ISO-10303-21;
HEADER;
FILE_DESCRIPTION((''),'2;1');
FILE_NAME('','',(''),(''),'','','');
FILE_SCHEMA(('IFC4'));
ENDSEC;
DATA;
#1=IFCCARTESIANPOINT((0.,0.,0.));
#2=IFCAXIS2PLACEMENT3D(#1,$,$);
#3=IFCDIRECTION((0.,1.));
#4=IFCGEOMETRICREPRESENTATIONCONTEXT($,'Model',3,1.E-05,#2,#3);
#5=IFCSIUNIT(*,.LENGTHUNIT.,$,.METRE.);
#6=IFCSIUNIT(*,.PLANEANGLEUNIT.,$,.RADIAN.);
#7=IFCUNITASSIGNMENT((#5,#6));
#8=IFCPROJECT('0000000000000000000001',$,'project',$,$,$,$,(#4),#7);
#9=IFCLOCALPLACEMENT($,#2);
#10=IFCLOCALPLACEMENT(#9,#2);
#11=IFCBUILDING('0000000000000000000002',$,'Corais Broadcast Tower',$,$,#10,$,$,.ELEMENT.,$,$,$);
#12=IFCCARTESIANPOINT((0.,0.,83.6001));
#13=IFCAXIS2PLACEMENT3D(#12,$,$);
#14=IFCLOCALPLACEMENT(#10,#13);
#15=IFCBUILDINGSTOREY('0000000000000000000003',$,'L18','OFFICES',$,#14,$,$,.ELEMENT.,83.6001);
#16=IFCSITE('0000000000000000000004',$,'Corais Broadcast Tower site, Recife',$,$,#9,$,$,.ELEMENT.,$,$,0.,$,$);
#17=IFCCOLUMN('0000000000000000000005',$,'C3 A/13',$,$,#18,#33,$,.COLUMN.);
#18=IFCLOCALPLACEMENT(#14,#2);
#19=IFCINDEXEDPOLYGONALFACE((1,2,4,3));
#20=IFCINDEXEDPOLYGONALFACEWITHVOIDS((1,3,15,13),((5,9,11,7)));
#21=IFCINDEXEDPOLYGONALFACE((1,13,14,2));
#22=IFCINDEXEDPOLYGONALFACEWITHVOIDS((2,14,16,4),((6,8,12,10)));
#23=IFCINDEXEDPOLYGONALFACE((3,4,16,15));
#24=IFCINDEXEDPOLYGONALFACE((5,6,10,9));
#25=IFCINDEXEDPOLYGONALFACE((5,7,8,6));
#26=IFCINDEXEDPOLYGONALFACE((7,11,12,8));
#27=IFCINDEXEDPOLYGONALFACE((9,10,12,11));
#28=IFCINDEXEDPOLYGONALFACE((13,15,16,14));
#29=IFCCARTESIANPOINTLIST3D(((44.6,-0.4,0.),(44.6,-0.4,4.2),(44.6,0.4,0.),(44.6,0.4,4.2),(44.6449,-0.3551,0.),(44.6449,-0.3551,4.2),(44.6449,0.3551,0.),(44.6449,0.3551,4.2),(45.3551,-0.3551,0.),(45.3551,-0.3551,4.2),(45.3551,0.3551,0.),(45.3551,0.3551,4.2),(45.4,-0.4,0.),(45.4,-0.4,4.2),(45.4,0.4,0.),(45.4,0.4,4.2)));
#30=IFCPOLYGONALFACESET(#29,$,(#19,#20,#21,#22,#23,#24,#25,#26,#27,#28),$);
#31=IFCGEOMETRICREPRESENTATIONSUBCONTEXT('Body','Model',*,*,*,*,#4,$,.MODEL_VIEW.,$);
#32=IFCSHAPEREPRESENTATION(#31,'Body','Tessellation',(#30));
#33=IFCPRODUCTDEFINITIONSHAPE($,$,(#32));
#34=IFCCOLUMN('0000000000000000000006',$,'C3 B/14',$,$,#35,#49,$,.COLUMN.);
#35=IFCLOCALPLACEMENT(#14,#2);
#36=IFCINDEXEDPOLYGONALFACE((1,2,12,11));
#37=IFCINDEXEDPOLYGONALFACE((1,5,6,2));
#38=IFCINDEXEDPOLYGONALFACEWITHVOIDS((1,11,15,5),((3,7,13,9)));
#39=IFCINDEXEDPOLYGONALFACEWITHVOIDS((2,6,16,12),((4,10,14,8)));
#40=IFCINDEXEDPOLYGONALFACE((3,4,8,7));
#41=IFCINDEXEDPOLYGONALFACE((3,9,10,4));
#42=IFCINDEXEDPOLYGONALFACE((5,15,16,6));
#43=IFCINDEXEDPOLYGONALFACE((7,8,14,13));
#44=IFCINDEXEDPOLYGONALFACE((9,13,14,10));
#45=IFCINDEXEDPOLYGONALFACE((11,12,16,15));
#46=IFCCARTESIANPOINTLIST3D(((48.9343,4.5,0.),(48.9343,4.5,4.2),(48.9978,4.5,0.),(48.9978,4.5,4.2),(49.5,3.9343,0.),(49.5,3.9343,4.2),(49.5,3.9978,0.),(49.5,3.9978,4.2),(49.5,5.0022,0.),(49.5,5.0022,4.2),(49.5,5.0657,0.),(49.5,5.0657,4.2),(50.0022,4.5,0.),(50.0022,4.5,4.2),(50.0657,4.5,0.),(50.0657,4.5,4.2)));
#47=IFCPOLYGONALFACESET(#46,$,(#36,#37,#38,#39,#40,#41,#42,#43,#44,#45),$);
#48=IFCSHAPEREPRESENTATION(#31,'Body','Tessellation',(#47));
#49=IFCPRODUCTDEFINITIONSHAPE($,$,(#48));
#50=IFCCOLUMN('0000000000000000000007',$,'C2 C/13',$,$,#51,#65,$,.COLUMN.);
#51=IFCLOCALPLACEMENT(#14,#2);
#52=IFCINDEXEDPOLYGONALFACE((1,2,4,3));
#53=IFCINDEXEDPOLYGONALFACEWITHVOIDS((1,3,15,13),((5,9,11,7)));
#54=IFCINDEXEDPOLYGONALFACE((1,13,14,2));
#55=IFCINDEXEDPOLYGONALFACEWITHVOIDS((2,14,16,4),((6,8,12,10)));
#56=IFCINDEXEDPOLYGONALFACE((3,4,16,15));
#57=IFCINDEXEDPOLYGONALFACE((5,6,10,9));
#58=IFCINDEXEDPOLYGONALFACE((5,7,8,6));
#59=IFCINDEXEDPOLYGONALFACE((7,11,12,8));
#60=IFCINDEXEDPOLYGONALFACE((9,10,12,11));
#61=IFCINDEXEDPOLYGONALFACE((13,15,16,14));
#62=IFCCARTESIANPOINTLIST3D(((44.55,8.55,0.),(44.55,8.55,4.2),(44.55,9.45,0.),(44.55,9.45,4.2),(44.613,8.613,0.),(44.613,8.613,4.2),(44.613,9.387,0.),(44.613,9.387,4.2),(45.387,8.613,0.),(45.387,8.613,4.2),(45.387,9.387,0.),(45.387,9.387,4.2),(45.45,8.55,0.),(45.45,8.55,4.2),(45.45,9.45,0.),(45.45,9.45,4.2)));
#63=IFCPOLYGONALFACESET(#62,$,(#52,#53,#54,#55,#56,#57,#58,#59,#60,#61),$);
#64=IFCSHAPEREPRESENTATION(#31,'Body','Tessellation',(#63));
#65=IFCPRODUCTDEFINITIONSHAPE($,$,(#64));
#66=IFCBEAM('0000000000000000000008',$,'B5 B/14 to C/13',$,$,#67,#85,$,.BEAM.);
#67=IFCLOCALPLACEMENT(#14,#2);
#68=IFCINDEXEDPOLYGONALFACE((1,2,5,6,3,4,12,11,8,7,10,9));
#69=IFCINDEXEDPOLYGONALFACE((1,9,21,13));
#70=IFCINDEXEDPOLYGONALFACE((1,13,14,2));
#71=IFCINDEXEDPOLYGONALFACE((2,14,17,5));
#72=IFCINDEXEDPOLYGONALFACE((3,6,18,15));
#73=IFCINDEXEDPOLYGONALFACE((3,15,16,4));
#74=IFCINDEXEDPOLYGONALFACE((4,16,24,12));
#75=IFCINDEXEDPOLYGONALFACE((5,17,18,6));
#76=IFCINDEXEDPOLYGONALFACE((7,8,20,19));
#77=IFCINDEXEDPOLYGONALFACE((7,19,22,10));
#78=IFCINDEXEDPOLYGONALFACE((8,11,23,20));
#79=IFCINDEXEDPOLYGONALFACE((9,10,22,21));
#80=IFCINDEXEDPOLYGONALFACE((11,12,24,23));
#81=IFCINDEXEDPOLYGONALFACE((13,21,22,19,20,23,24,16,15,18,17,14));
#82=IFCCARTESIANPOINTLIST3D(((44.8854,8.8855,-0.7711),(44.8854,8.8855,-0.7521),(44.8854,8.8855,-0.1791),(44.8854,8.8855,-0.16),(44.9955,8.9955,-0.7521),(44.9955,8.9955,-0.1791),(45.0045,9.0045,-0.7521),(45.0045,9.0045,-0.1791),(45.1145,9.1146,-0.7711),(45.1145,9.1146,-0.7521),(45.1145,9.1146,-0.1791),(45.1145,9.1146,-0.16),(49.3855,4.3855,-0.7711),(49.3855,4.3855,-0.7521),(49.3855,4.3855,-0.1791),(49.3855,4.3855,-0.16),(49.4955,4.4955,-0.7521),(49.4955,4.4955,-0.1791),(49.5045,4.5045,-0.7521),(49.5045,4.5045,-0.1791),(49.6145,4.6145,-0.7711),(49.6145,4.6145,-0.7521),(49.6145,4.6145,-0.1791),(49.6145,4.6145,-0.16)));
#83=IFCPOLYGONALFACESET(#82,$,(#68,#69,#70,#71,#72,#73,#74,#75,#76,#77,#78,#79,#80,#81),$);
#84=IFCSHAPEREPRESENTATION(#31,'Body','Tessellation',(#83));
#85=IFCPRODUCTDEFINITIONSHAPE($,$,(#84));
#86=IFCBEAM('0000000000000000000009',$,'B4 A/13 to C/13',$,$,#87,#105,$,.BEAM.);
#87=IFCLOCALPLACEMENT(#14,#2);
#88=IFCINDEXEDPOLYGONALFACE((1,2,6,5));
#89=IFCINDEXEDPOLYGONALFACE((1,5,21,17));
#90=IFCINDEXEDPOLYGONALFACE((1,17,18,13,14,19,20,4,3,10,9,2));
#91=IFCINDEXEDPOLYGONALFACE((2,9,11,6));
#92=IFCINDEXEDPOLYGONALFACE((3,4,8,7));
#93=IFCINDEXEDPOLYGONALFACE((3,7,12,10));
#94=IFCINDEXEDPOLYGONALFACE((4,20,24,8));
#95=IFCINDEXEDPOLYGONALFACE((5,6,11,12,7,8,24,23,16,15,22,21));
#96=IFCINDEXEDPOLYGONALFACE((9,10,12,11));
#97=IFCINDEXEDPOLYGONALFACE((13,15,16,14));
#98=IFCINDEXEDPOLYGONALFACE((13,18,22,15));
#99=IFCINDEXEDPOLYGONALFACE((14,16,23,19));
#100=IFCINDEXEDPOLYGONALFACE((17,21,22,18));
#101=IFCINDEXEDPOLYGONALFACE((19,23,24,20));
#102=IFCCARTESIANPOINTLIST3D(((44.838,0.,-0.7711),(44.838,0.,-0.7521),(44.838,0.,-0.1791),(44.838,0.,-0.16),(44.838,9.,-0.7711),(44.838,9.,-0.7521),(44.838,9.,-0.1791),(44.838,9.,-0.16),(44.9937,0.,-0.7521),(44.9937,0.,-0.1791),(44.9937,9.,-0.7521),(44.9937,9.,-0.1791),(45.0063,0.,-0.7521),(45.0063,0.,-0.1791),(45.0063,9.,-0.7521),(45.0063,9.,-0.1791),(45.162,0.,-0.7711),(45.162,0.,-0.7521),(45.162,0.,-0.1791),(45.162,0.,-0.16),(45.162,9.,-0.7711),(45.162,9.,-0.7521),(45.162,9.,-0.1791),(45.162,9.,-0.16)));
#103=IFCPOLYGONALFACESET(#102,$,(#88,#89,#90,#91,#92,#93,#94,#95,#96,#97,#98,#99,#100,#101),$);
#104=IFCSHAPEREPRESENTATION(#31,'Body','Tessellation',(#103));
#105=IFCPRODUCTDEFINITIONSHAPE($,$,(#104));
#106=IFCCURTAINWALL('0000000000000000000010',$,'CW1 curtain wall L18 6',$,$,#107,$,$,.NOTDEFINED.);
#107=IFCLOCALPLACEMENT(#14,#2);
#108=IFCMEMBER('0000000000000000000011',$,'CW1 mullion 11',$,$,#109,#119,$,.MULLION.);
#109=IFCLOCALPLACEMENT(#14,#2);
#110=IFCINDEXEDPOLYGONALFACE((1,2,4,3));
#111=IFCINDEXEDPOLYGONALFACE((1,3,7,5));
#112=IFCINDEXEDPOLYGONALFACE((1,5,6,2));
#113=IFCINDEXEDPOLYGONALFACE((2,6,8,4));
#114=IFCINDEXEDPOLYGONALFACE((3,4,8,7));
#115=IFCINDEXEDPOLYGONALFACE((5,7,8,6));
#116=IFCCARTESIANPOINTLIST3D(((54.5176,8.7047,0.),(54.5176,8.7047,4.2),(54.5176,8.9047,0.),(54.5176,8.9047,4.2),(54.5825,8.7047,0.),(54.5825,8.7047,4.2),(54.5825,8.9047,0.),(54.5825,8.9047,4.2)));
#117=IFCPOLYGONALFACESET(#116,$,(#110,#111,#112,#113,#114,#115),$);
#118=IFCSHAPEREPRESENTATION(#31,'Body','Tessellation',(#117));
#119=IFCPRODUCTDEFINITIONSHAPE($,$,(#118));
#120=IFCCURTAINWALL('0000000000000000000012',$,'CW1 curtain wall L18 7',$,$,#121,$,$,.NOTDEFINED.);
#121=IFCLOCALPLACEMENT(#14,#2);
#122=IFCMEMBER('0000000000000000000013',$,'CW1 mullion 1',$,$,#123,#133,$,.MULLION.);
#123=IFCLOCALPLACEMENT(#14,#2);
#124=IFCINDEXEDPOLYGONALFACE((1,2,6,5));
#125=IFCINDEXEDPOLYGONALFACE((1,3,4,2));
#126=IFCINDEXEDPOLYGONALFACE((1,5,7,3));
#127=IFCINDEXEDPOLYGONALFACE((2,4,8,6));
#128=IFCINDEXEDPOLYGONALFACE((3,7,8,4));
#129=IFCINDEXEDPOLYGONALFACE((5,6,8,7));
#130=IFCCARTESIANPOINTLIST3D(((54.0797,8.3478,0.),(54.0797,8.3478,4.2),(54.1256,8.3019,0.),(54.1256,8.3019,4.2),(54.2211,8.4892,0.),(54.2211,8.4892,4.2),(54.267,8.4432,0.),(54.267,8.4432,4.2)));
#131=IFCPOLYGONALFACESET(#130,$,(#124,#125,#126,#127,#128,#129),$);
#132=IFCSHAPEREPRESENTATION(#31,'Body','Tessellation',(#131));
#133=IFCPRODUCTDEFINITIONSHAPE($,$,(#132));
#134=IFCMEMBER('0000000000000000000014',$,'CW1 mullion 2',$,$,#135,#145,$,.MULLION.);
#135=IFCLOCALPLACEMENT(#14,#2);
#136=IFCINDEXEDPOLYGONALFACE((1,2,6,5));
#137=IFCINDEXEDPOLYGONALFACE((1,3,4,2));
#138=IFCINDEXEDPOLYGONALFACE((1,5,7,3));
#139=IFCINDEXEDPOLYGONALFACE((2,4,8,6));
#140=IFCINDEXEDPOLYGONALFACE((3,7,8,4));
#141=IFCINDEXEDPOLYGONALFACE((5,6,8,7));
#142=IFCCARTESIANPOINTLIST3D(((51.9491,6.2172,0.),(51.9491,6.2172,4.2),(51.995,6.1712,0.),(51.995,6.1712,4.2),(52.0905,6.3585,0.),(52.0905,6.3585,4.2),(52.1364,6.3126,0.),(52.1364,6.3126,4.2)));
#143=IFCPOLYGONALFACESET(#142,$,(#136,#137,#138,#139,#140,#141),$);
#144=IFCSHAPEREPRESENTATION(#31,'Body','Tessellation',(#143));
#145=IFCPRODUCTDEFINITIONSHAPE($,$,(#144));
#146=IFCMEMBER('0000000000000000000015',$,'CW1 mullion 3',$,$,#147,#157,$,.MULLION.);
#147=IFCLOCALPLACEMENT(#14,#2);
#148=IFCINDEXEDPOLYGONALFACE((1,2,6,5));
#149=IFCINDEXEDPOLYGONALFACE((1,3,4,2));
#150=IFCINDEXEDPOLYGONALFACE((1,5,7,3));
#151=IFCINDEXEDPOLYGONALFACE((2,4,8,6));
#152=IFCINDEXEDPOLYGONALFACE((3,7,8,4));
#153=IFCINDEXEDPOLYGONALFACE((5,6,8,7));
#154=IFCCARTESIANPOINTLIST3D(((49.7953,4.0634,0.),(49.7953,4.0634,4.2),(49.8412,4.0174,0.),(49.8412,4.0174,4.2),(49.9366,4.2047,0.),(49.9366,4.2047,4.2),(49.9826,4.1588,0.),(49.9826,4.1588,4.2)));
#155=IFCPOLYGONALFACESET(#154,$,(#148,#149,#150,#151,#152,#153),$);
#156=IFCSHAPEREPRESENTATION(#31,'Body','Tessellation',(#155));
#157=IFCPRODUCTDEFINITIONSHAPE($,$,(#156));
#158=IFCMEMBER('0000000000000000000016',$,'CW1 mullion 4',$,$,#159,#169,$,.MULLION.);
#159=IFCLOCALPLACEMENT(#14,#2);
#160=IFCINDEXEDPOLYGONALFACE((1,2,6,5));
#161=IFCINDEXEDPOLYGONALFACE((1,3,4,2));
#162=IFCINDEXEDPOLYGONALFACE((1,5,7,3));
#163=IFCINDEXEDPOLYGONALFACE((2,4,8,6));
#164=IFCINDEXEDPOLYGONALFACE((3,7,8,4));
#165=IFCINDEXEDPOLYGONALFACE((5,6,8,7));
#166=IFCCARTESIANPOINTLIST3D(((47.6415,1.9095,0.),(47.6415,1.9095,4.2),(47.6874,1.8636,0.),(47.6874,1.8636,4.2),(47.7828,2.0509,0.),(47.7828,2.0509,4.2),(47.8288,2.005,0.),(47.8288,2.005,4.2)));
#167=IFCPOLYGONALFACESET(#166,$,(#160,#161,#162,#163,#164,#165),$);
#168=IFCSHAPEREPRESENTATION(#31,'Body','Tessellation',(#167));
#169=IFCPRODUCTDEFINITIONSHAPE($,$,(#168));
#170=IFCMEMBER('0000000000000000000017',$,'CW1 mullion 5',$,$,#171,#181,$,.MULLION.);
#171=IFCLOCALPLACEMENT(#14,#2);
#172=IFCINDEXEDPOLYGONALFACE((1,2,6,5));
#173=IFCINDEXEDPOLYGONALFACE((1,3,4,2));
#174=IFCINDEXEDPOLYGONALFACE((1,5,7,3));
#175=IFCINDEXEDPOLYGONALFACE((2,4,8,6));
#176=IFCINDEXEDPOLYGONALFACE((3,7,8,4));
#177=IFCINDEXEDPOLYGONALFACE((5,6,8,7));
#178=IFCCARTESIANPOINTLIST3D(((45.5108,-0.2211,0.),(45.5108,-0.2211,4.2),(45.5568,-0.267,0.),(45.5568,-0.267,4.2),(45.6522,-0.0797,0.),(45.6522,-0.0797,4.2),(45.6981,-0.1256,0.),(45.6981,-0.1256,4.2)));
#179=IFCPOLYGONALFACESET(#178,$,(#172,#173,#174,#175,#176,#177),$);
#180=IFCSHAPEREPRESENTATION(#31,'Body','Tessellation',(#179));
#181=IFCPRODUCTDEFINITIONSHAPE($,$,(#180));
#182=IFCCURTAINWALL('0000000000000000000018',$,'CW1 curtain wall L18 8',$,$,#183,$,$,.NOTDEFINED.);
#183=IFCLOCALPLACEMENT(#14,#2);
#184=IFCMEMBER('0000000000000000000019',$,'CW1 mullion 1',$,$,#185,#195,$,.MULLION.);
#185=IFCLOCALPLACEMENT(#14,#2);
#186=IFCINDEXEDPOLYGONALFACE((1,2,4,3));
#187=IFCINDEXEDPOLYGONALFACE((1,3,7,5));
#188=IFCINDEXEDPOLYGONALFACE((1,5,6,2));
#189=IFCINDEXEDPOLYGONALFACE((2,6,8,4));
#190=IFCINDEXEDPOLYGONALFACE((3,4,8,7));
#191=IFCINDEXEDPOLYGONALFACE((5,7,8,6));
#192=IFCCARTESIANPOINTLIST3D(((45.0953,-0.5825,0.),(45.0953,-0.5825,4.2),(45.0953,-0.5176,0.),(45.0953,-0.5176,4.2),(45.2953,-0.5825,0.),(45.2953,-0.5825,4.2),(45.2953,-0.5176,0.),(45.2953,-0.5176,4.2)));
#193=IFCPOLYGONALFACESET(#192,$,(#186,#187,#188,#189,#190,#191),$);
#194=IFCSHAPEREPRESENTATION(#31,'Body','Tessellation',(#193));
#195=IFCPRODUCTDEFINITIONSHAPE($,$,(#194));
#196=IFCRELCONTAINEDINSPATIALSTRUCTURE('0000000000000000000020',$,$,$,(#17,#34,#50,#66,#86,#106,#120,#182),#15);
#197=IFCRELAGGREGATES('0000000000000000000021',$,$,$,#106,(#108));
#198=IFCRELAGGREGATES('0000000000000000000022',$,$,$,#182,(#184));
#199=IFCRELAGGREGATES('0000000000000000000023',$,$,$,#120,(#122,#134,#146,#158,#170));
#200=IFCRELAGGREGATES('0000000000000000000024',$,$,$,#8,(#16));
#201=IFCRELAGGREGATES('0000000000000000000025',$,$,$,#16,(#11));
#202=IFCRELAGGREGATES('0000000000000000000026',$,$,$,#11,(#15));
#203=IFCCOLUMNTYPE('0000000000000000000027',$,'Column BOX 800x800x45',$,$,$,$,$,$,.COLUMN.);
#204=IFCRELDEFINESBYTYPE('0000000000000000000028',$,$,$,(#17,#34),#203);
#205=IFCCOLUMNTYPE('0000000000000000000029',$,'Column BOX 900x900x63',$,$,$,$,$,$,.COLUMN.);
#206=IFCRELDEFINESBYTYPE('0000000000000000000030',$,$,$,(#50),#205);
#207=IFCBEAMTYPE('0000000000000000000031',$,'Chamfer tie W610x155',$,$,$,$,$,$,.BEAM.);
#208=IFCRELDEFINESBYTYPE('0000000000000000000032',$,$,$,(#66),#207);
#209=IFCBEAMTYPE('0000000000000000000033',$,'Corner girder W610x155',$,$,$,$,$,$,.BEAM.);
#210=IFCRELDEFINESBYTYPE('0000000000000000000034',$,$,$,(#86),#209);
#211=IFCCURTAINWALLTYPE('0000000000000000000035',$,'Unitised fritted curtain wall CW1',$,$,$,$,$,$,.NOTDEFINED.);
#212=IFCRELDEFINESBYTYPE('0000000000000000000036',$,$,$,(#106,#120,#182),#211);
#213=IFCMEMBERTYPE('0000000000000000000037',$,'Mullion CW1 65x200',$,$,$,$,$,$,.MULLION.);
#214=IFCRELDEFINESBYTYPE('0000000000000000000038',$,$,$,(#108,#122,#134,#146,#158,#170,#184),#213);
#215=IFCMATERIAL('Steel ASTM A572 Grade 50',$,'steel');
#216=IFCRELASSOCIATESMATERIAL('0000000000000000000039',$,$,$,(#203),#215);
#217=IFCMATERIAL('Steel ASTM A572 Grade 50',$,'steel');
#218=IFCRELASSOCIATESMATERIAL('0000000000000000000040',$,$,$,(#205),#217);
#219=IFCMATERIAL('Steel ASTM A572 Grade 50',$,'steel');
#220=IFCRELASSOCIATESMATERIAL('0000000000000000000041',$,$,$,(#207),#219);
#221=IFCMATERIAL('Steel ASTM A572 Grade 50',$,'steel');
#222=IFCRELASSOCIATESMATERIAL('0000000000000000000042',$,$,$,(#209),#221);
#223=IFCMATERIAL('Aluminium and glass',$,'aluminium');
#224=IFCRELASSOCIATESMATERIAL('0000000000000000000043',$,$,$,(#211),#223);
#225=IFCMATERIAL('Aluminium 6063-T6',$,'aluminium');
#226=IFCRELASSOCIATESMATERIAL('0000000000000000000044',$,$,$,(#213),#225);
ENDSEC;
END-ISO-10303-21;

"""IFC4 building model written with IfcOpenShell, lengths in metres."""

from ifc_helpers import new_model, si_unit, direction, frame, origin, origin_2d, place, context, subcontext, project, spatial, rectangle, hollow_rectangle, i_section, extrude, material, material_profile, profile_set, type_object, element, aggregate, save


model = new_model("IFC4")

# Units and contexts
model_context = context("Model", 3, precision=1e-05, world=origin(), true_north=direction((0.0, 1.0)))
body_context = subcontext(model_context, "Body", "Model", "MODEL_VIEW")
ifc_project = project(units=[si_unit("LENGTHUNIT", "METRE"), si_unit("PLANEANGLEUNIT", "RADIAN")], contexts=[model_context])

# Site, building, storey
site_placement = place(None, origin())
site = spatial("IfcSite", under=ifc_project, at=site_placement, Name="Corais Broadcast Tower site, Recife", CompositionType="ELEMENT", RefElevation=0.0)
building_placement = place(site_placement, origin())
building = spatial("IfcBuilding", under=site, at=building_placement, Name="Corais Broadcast Tower", CompositionType="ELEMENT")
storey_placement = place(building_placement, frame((0.0, 0.0, 83.6001)))
storey = spatial("IfcBuildingStorey", under=building, at=storey_placement, Name="L18", Description="OFFICES", CompositionType="ELEMENT", Elevation=83.6001)

# Columns
ifc_material_1 = material(Name="Steel ASTM A572 Grade 50", Category="steel")
ifc_material_profile_1 = material_profile(ifc_material_1, hollow_rectangle(XDim=0.8, YDim=0.8, WallThickness=0.0449, at=origin_2d()), Name="BOX 800x800x45")
ifc_profile_set_1 = profile_set([ifc_material_profile_1], Name="Steel ASTM A572 Grade 50")
column_type_1 = type_object("IfcColumnType", Name="Column BOX 800x800x45", PredefinedType="COLUMN", material=ifc_profile_set_1)
for number, where, z_axis, x_axis, name in (
    (1, (45.0, 0.0, 0.0), (0.0, 0.0, 1.0), (1.0, 0.0, 0.0), "C3 A/13"),
    (2, (49.5, 4.5, 0.0), (0.0, 0.0, 1.0), (0.707107, 0.707107, 0.0), "C3 B/14"),
):
    element("IfcColumn", number, at=place(storey_placement, frame(where, z_axis=z_axis, x_axis=x_axis)), inside=storey, type_object=column_type_1, Name=name, PredefinedType="COLUMN", context=body_context, shape_type="SweptSolid", body=[
        extrude(hollow_rectangle(XDim=0.8, YDim=0.8, WallThickness=0.0449, at=origin_2d()), origin(), (0.0, 0.0, 1.0), 4.2),
    ])
ifc_material_2 = material(Name="Steel ASTM A572 Grade 50", Category="steel")
ifc_material_profile_2 = material_profile(ifc_material_2, hollow_rectangle(XDim=0.8999, YDim=0.8999, WallThickness=0.063, at=origin_2d()), Name="BOX 900x900x63")
ifc_profile_set_2 = profile_set([ifc_material_profile_2], Name="Steel ASTM A572 Grade 50")
column_type_2 = type_object("IfcColumnType", Name="Column BOX 900x900x63", PredefinedType="COLUMN", material=ifc_profile_set_2)
column_placement = place(storey_placement, frame((45.0, 9.0, 0.0), z_axis=(0.0, 0.0, 1.0), x_axis=(1.0, 0.0, 0.0)))
element("IfcColumn", 3, at=column_placement, inside=storey, type_object=column_type_2, Name="C2 C/13", PredefinedType="COLUMN", context=body_context, shape_type="SweptSolid", body=[
    extrude(hollow_rectangle(XDim=0.8999, YDim=0.8999, WallThickness=0.063, at=origin_2d()), origin(), (0.0, 0.0, 1.0), 4.2),
])

# Beams
ifc_material_3 = material(Name="Steel ASTM A572 Grade 50", Category="steel")
ifc_material_profile_3 = material_profile(ifc_material_3, i_section(OverallWidth=0.324, OverallDepth=0.6111, WebThickness=0.0127, FlangeThickness=0.019, at=origin_2d()), Name="W610x155")
ifc_profile_set_3 = profile_set([ifc_material_profile_3], Name="Steel ASTM A572 Grade 50")
beam_type_1 = type_object("IfcBeamType", Name="Chamfer tie W610x155", PredefinedType="BEAM", material=ifc_profile_set_3)
beam_1_placement = place(storey_placement, frame((49.5, 4.5, -0.4656), z_axis=(-0.707107, 0.707107, 0.0), x_axis=(-0.707107, -0.707107, 0.0)))
element("IfcBeam", 4, at=beam_1_placement, inside=storey, type_object=beam_type_1, Name="B5 B/14 to C/13", PredefinedType="BEAM", context=body_context, shape_type="SweptSolid", body=[
    extrude(i_section(OverallWidth=0.324, OverallDepth=0.6111, WebThickness=0.0127, FlangeThickness=0.019, at=origin_2d()), origin(), (0.0, 0.0, 1.0), 6.364),
])
ifc_material_4 = material(Name="Steel ASTM A572 Grade 50", Category="steel")
ifc_material_profile_4 = material_profile(ifc_material_4, i_section(OverallWidth=0.324, OverallDepth=0.6111, WebThickness=0.0127, FlangeThickness=0.019, at=origin_2d()), Name="W610x155")
ifc_profile_set_4 = profile_set([ifc_material_profile_4], Name="Steel ASTM A572 Grade 50")
beam_type_2 = type_object("IfcBeamType", Name="Corner girder W610x155", PredefinedType="BEAM", material=ifc_profile_set_4)
beam_2_placement = place(storey_placement, frame((45.0, 0.0, -0.4656), z_axis=(0.0, 1.0, 0.0), x_axis=(-1.0, 0.0, 0.0)))
element("IfcBeam", 5, at=beam_2_placement, inside=storey, type_object=beam_type_2, Name="B4 A/13 to C/13", PredefinedType="BEAM", context=body_context, shape_type="SweptSolid", body=[
    extrude(i_section(OverallWidth=0.324, OverallDepth=0.6111, WebThickness=0.0127, FlangeThickness=0.019, at=origin_2d()), origin(), (0.0, 0.0, 1.0), 9.0),
])

# Curtain wall, member
ifc_material_5 = material(Name="Aluminium and glass", Category="aluminium")
curtain_wall_type = type_object("IfcCurtainWallType", Name="Unitised fritted curtain wall CW1", PredefinedType="NOTDEFINED", material=ifc_material_5)
curtain_wall_1_placement = place(storey_placement, origin())
curtain_wall_1 = element("IfcCurtainWall", 6, at=curtain_wall_1_placement, inside=storey, type_object=curtain_wall_type, Name="CW1 curtain wall L18 6", PredefinedType="NOTDEFINED")
ifc_material_6 = material(Name="Aluminium 6063-T6", Category="aluminium")
ifc_material_profile_5 = material_profile(ifc_material_6, rectangle(XDim=0.0649, YDim=0.2, at=origin_2d()), Name="Mullion CW1 65x200")
ifc_profile_set_5 = profile_set([ifc_material_profile_5], Name="Aluminium 6063-T6")
member_type_1 = type_object("IfcMemberType", Name="Mullion CW1 65x200", PredefinedType="MULLION", material=ifc_profile_set_5)
member_1_placement = place(storey_placement, frame((54.55, 8.8047, 0.0), z_axis=(0.0, 0.0, 1.0), x_axis=(1.0, 0.0, 0.0)))
member_1 = element("IfcMember", 7, at=member_1_placement, type_object=member_type_1, Name="CW1 mullion 11", PredefinedType="MULLION", context=body_context, shape_type="SweptSolid", body=[
    extrude(rectangle(XDim=0.0649, YDim=0.2, at=origin_2d()), origin(), (0.0, 0.0, 1.0), 4.2),
])
aggregate(curtain_wall_1, [member_1])

# Curtain wall, members
curtain_wall_2_placement = place(storey_placement, origin())
curtain_wall_2 = element("IfcCurtainWall", 8, at=curtain_wall_2_placement, inside=storey, type_object=curtain_wall_type, Name="CW1 curtain wall L18 7", PredefinedType="NOTDEFINED")
member_2_placement = place(storey_placement, frame((54.1733, 8.3955, 0.0), z_axis=(0.0, 0.0, 1.0), x_axis=(0.707107, -0.707107, 0.0)))
member_2 = element("IfcMember", 9, at=member_2_placement, type_object=member_type_1, Name="CW1 mullion 1", PredefinedType="MULLION", context=body_context, shape_type="SweptSolid", body=[
    extrude(rectangle(XDim=0.0649, YDim=0.2, at=origin_2d()), origin(), (0.0, 0.0, 1.0), 4.2),
])
member_3_placement = place(storey_placement, frame((52.0427, 6.2649, 0.0), z_axis=(0.0, 0.0, 1.0), x_axis=(0.707107, -0.707107, 0.0)))
member_3 = element("IfcMember", 10, at=member_3_placement, type_object=member_type_1, Name="CW1 mullion 2", PredefinedType="MULLION", context=body_context, shape_type="SweptSolid", body=[
    extrude(rectangle(XDim=0.0649, YDim=0.2, at=origin_2d()), origin(), (0.0, 0.0, 1.0), 4.2),
])
member_4_placement = place(storey_placement, frame((49.8889, 4.1111, 0.0), z_axis=(0.0, 0.0, 1.0), x_axis=(0.707107, -0.707107, 0.0)))
member_4 = element("IfcMember", 11, at=member_4_placement, type_object=member_type_1, Name="CW1 mullion 3", PredefinedType="MULLION", context=body_context, shape_type="SweptSolid", body=[
    extrude(rectangle(XDim=0.0649, YDim=0.2, at=origin_2d()), origin(), (0.0, 0.0, 1.0), 4.2),
])
member_5_placement = place(storey_placement, frame((47.7351, 1.9573, 0.0), z_axis=(0.0, 0.0, 1.0), x_axis=(0.707107, -0.707107, 0.0)))
member_5 = element("IfcMember", 12, at=member_5_placement, type_object=member_type_1, Name="CW1 mullion 4", PredefinedType="MULLION", context=body_context, shape_type="SweptSolid", body=[
    extrude(rectangle(XDim=0.0649, YDim=0.2, at=origin_2d()), origin(), (0.0, 0.0, 1.0), 4.2),
])
member_6_placement = place(storey_placement, frame((45.6045, -0.1733, 0.0), z_axis=(0.0, 0.0, 1.0), x_axis=(0.707107, -0.707107, 0.0)))
member_6 = element("IfcMember", 13, at=member_6_placement, type_object=member_type_1, Name="CW1 mullion 5", PredefinedType="MULLION", context=body_context, shape_type="SweptSolid", body=[
    extrude(rectangle(XDim=0.0649, YDim=0.2, at=origin_2d()), origin(), (0.0, 0.0, 1.0), 4.2),
])

# Curtain wall, member
curtain_wall_3_placement = place(storey_placement, origin())
curtain_wall_3 = element("IfcCurtainWall", 14, at=curtain_wall_3_placement, inside=storey, type_object=curtain_wall_type, Name="CW1 curtain wall L18 8", PredefinedType="NOTDEFINED")
member_7_placement = place(storey_placement, frame((45.1953, -0.55, 0.0), z_axis=(0.0, 0.0, 1.0), x_axis=(0.0, -1.0, 0.0)))
member_7 = element("IfcMember", 15, at=member_7_placement, type_object=member_type_1, Name="CW1 mullion 1", PredefinedType="MULLION", context=body_context, shape_type="SweptSolid", body=[
    extrude(rectangle(XDim=0.0649, YDim=0.2, at=origin_2d()), origin(), (0.0, 0.0, 1.0), 4.2),
])

aggregate(curtain_wall_3, [member_7])

aggregate(curtain_wall_2, [member_2, member_3, member_4, member_5, member_6])

save(model, "model.ifc")
